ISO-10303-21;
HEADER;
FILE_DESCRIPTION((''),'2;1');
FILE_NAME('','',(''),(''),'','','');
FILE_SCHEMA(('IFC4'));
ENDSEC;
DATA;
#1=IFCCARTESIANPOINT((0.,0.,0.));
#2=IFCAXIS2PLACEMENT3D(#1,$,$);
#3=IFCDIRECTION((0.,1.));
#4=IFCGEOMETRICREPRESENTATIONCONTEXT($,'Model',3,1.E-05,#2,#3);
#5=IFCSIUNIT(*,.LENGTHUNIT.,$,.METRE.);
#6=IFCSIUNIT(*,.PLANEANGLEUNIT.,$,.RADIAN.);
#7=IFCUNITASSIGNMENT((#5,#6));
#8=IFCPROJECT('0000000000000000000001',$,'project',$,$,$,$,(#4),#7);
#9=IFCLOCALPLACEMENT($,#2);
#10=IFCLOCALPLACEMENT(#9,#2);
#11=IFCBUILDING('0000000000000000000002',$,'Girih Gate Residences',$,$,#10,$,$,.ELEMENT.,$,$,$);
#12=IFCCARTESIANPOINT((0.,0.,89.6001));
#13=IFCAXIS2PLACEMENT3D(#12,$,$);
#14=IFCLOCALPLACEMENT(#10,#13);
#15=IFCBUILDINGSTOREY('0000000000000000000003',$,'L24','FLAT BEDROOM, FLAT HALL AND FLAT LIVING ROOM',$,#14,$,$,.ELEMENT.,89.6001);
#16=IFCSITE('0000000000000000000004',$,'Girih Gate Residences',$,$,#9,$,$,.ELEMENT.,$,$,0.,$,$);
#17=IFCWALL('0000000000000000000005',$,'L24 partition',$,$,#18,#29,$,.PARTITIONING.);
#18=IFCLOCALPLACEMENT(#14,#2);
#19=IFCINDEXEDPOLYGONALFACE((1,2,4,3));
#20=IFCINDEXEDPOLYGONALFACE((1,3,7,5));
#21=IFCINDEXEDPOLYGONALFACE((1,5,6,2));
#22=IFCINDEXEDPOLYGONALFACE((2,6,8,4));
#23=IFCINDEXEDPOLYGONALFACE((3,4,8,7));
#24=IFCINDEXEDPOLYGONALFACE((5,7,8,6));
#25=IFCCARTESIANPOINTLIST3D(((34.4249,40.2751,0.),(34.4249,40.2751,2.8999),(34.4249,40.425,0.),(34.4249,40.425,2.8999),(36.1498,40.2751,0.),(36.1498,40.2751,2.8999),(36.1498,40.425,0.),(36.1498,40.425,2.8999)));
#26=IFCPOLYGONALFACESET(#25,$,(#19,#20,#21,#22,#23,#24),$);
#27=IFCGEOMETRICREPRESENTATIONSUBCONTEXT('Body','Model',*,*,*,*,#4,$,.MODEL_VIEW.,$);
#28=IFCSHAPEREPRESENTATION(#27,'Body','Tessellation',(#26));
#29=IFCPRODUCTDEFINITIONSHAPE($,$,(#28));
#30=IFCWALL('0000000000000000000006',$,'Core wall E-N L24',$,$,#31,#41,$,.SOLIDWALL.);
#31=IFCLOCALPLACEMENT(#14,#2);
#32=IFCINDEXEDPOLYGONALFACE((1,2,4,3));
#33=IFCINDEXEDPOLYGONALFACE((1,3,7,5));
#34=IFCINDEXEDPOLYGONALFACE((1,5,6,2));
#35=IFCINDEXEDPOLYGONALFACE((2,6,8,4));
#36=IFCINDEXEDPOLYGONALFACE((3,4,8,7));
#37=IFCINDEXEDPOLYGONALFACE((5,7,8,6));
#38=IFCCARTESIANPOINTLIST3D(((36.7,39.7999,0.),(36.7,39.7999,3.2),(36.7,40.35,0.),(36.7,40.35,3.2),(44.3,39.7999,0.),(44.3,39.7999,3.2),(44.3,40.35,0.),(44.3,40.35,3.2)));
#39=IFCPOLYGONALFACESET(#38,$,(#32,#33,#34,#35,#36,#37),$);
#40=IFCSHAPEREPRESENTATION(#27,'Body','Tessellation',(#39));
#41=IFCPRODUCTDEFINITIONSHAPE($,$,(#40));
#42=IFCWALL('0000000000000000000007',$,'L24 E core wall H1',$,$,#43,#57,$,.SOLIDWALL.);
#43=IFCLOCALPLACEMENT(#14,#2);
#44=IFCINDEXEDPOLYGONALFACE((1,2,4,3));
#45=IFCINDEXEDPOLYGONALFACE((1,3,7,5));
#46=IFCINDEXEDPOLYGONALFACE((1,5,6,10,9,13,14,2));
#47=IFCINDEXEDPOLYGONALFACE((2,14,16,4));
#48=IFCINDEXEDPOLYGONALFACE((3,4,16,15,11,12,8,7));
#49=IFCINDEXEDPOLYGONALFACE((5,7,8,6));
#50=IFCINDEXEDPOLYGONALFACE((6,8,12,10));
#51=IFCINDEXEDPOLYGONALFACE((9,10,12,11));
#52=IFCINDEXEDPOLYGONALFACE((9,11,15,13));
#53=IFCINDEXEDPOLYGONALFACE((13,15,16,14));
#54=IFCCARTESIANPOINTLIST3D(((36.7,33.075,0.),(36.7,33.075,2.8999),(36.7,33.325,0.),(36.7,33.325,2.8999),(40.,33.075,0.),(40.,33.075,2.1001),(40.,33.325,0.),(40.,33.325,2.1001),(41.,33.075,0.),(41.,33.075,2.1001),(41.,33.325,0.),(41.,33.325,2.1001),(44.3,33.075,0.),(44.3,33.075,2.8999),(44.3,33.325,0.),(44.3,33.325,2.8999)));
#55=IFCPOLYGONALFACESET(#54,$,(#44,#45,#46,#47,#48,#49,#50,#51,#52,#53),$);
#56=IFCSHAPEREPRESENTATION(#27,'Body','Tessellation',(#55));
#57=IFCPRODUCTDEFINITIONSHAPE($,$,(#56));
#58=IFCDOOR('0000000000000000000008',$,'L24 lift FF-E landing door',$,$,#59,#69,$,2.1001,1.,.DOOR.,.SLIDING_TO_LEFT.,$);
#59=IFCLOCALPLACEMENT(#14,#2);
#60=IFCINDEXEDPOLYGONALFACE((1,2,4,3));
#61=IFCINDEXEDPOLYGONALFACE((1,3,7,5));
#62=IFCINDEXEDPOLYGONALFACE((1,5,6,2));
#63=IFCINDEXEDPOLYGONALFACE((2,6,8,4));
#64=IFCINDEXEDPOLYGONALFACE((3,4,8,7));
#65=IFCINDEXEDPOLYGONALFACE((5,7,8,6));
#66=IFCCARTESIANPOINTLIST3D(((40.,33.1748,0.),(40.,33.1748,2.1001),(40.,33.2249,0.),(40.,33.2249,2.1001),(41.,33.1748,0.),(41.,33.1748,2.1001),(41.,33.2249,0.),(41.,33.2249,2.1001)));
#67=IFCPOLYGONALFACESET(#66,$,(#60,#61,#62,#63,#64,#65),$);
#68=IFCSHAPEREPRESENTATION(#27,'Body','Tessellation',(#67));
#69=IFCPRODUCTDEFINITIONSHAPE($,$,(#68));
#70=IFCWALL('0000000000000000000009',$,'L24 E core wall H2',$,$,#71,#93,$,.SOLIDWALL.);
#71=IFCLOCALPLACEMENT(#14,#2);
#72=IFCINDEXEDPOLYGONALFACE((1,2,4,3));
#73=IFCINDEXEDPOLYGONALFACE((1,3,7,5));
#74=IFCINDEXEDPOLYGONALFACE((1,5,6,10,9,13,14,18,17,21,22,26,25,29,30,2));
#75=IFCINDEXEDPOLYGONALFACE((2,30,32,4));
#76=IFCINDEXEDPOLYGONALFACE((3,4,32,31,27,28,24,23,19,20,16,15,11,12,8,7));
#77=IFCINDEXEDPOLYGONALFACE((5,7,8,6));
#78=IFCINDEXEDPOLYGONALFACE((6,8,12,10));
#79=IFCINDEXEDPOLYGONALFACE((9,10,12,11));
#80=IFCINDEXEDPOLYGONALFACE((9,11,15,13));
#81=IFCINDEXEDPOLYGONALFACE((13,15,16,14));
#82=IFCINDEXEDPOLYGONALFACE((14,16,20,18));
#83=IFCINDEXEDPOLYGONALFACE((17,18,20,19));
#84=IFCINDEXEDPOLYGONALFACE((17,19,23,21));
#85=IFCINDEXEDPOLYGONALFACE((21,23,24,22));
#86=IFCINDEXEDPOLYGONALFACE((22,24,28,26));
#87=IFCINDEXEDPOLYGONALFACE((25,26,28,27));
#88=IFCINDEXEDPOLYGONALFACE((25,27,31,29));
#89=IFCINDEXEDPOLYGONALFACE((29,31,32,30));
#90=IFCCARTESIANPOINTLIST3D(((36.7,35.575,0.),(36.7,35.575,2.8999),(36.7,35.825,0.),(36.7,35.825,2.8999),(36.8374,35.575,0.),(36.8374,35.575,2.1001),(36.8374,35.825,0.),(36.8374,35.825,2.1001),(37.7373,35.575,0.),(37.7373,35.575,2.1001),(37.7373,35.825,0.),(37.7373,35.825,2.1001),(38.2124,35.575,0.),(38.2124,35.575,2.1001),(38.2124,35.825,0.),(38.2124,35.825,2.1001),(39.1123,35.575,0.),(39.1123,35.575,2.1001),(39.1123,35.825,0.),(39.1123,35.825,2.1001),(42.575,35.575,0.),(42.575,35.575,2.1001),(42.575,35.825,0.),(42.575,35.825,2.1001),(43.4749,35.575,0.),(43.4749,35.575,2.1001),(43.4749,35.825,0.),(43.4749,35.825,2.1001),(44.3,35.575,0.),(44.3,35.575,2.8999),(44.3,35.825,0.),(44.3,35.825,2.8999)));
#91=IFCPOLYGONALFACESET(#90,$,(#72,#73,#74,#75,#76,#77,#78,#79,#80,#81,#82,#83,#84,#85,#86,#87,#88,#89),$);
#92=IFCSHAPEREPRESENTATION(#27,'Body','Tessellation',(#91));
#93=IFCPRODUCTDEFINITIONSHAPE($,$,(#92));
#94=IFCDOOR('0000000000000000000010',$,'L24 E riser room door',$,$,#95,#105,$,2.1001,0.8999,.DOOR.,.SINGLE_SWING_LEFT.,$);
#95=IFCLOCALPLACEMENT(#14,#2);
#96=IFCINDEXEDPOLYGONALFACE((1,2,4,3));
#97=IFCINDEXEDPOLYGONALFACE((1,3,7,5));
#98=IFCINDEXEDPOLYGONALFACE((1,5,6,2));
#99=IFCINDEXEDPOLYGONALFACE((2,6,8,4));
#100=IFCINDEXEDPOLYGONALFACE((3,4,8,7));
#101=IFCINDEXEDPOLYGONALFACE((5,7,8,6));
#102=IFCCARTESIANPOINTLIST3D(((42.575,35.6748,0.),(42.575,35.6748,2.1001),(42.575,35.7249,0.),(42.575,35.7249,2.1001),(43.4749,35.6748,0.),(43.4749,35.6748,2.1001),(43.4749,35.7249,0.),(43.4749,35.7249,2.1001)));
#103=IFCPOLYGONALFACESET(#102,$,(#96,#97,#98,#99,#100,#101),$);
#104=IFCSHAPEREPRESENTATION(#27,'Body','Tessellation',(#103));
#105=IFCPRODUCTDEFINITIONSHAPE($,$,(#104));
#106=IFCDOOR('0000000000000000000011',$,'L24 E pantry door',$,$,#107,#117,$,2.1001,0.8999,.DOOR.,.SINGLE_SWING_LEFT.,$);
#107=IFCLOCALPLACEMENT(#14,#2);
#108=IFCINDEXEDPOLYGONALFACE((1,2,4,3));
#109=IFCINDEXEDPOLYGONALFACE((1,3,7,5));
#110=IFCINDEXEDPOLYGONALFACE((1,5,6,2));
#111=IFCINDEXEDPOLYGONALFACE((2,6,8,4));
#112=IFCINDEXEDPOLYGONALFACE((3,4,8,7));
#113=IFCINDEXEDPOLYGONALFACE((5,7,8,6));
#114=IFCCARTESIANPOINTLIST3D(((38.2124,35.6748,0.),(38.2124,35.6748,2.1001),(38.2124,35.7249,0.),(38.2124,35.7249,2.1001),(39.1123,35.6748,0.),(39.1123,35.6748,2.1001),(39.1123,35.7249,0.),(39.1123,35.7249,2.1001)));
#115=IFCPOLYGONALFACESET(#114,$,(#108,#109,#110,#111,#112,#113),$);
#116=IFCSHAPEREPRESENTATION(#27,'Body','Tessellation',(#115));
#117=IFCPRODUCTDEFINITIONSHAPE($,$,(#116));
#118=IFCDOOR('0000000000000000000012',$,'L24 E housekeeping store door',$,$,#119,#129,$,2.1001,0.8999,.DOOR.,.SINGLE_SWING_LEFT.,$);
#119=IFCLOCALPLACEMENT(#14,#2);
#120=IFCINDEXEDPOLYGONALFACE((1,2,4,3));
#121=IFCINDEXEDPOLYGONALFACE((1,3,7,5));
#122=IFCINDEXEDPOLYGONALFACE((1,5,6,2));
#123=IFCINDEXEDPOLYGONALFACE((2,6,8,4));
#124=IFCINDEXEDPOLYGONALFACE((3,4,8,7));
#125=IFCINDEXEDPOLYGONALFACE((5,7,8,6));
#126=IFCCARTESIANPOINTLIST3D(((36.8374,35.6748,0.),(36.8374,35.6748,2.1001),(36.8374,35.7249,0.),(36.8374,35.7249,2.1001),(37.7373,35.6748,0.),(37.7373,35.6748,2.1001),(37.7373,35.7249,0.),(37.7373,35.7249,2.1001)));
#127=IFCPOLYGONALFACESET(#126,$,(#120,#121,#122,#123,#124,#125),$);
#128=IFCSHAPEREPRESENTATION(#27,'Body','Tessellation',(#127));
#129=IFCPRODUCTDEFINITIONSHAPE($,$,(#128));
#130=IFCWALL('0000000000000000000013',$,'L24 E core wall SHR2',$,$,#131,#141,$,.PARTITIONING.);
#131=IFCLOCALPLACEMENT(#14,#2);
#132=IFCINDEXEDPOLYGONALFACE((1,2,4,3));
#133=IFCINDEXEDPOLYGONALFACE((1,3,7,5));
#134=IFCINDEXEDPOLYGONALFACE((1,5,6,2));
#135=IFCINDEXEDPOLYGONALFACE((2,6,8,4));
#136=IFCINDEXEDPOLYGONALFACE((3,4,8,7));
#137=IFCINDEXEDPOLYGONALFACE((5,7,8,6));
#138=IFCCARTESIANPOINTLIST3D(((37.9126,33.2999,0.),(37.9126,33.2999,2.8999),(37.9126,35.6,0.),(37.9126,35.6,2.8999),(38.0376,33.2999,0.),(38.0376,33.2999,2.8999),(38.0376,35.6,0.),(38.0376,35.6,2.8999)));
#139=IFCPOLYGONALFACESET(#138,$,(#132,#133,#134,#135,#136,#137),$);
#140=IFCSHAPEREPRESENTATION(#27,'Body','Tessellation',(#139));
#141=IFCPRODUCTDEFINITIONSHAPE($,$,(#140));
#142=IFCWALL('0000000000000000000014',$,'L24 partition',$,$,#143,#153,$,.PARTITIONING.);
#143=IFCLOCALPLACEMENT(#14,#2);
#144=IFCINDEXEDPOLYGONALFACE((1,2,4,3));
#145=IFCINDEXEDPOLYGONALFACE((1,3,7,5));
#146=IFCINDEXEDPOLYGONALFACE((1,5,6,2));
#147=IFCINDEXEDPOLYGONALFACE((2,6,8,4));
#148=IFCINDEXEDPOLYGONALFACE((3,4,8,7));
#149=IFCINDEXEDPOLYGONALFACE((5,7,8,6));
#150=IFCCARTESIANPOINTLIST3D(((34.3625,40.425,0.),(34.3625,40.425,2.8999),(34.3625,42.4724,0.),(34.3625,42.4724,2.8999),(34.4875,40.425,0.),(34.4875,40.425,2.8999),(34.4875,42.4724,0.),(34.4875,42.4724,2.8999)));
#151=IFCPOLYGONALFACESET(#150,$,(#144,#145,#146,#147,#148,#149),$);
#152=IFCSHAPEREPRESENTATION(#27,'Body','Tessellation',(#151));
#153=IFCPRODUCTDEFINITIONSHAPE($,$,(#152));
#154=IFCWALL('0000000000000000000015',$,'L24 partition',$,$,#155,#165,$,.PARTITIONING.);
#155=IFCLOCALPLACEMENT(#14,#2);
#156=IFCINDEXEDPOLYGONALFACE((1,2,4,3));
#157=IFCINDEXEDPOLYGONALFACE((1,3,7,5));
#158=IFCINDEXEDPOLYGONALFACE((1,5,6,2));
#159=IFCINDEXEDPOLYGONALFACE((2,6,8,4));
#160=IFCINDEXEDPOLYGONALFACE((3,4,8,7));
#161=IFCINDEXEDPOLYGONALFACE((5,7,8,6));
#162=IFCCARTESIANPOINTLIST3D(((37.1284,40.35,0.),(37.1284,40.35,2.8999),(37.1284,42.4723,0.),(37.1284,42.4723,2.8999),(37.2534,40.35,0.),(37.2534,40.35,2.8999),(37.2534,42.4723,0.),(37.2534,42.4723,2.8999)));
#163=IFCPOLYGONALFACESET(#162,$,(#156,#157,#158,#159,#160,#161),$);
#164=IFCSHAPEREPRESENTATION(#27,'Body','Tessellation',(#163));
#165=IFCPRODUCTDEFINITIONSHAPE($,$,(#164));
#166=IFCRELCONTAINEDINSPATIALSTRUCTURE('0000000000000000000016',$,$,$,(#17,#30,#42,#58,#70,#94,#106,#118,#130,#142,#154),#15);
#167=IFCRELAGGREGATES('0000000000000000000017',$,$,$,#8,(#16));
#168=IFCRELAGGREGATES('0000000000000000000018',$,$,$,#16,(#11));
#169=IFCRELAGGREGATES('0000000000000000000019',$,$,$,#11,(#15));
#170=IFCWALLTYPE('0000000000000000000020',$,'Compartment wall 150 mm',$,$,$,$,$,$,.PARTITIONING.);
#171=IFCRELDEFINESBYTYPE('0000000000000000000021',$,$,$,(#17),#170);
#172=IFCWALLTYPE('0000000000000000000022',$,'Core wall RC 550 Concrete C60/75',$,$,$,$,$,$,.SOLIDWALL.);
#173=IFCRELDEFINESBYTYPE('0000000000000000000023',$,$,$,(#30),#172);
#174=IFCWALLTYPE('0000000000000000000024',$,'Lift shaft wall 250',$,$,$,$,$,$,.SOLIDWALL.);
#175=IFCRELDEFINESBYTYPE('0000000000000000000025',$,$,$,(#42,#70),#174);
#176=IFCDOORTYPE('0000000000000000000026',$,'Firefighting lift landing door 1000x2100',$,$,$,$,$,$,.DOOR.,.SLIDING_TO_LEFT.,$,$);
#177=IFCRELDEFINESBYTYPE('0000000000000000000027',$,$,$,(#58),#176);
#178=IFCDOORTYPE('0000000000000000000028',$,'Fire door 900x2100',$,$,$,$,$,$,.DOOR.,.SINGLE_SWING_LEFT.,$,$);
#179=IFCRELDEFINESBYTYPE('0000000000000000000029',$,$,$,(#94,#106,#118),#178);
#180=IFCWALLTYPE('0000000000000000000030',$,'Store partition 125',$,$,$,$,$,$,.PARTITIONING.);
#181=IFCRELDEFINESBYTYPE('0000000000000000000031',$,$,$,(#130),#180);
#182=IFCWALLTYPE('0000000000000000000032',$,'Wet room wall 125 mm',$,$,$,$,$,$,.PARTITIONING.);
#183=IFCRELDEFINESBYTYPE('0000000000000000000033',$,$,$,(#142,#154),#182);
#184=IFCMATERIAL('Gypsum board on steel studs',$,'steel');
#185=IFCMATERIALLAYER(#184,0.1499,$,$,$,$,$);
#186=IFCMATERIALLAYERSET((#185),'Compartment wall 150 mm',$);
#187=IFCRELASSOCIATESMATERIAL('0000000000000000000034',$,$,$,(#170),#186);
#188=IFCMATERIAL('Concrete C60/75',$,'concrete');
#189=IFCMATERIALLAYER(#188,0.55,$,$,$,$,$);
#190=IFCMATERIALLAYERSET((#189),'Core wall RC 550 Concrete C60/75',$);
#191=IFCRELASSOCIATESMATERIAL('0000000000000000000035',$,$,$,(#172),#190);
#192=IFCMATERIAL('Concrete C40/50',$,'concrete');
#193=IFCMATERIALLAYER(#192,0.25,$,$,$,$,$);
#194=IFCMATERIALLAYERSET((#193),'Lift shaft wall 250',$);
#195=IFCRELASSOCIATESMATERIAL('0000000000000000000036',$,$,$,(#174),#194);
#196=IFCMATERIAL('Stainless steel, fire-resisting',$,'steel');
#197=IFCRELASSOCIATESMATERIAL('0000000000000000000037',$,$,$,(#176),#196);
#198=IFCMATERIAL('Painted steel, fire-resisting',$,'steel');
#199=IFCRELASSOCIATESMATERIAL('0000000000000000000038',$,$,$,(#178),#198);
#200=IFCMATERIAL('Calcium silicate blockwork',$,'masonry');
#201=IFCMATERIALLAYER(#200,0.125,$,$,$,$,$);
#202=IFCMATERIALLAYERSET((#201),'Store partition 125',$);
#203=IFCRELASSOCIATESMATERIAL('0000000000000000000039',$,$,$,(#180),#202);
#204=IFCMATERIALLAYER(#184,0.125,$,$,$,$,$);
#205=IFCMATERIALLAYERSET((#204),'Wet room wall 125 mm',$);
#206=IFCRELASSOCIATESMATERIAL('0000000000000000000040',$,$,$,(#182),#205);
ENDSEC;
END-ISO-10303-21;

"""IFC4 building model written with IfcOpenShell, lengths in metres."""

from ifc_helpers import new_model, si_unit, direction, frame, frame_2d, origin, place, context, subcontext, project, spatial, rectangle, extrude, material, layer, layer_set, type_object, element, fill, save


model = new_model("IFC4")

# Units and contexts
model_context = context("Model", 3, precision=1e-05, world=origin(), true_north=direction((0.0, 1.0)))
body_context = subcontext(model_context, "Body", "Model", "MODEL_VIEW")
ifc_project = project(units=[si_unit("LENGTHUNIT", "METRE"), si_unit("PLANEANGLEUNIT", "RADIAN")], contexts=[model_context])

# Site, building, storey
site_placement = place(None, origin())
site = spatial("IfcSite", under=ifc_project, at=site_placement, Name="Girih Gate Residences", CompositionType="ELEMENT", RefElevation=0.0)
building_placement = place(site_placement, origin())
building = spatial("IfcBuilding", under=site, at=building_placement, Name="Girih Gate Residences", CompositionType="ELEMENT")
storey_placement = place(building_placement, frame((0.0, 0.0, 89.6001)))
storey = spatial("IfcBuildingStorey", under=building, at=storey_placement, Name="L24", Description="FLAT BEDROOM, FLAT HALL AND FLAT LIVING ROOM", CompositionType="ELEMENT", Elevation=89.6001)

# Walls
ifc_material_1 = material(Name="Gypsum board on steel studs", Category="steel")
ifc_layer_1 = layer(ifc_material_1, 0.1499)
ifc_layer_set_1 = layer_set([ifc_layer_1], Name="Compartment wall 150 mm")
wall_type_1 = type_object("IfcWallType", Name="Compartment wall 150 mm", PredefinedType="PARTITIONING", material=ifc_layer_set_1)
wall_1_placement = place(storey_placement, frame((34.425, 40.3501, 0.0), z_axis=(0.0, 0.0, 1.0), x_axis=(1.0, 0.0, 0.0)))
element("IfcWall", 1, at=wall_1_placement, inside=storey, type_object=wall_type_1, Name="L24 partition", PredefinedType="PARTITIONING", context=body_context, shape_type="SweptSolid", body=[
    extrude(rectangle(XDim=1.7249, YDim=0.1499, at=frame_2d((0.8623, 0.0))), origin(), (0.0, 0.0, 1.0), 2.8999),
])
ifc_material_2 = material(Name="Concrete C60/75", Category="concrete")
ifc_layer_2 = layer(ifc_material_2, 0.55)
ifc_layer_set_2 = layer_set([ifc_layer_2], Name="Core wall RC 550 Concrete C60/75")
wall_type_2 = type_object("IfcWallType", Name="Core wall RC 550 Concrete C60/75", PredefinedType="SOLIDWALL", material=ifc_layer_set_2)
wall_2_placement = place(storey_placement, frame((36.7, 40.075, 0.0), z_axis=(0.0, 0.0, 1.0), x_axis=(1.0, 0.0, 0.0)))
element("IfcWall", 2, at=wall_2_placement, inside=storey, type_object=wall_type_2, Name="Core wall E-N L24", PredefinedType="SOLIDWALL", context=body_context, shape_type="SweptSolid", body=[
    extrude(rectangle(XDim=7.6001, YDim=0.55, at=frame_2d((3.8, 0.0))), origin(), (0.0, 0.0, 1.0), 3.2),
])

# Wall, opening, door
ifc_material_3 = material(Name="Concrete C40/50", Category="concrete")
ifc_layer_3 = layer(ifc_material_3, 0.25)
ifc_layer_set_3 = layer_set([ifc_layer_3], Name="Lift shaft wall 250")
wall_type_3 = type_object("IfcWallType", Name="Lift shaft wall 250", PredefinedType="SOLIDWALL", material=ifc_layer_set_3)
wall_3_placement = place(storey_placement, frame((36.7, 33.2, 0.0), z_axis=(0.0, 0.0, 1.0), x_axis=(1.0, 0.0, 0.0)))
wall_3 = element("IfcWall", 3, at=wall_3_placement, inside=storey, type_object=wall_type_3, Name="L24 E core wall H1", PredefinedType="SOLIDWALL", context=body_context, shape_type="SweptSolid", body=[
    extrude(rectangle(XDim=7.6001, YDim=0.25, at=frame_2d((3.8, 0.0))), origin(), (0.0, 0.0, 1.0), 2.8999),
])
opening_1_placement = place(wall_3_placement, frame((3.3, 0.0, 0.0)))
opening_1 = element("IfcOpeningElement", 4, at=opening_1_placement, cuts=wall_3, PredefinedType="OPENING", context=body_context, shape_type="SweptSolid", body=[
    extrude(rectangle(XDim=1.0, YDim=2.1001, at=frame_2d((0.5, 1.05))), frame((0.0, 0.135, 0.0), z_axis=(0.0, -1.0, 0.0), x_axis=(1.0, 0.0, 0.0)), (0.0, 0.0, 1.0), 0.27),
])
ifc_material_4 = material(Name="Stainless steel, fire-resisting", Category="steel")
door_type_1 = type_object("IfcDoorType", Name="Firefighting lift landing door 1000x2100", OperationType="SLIDING_TO_LEFT", PredefinedType="DOOR", material=ifc_material_4)
door_1_placement = place(opening_1_placement, origin())
door_1 = element("IfcDoor", 5, at=door_1_placement, inside=storey, type_object=door_type_1, Name="L24 lift FF-E landing door", OperationType="SLIDING_TO_LEFT", OverallHeight=2.1001, OverallWidth=1.0, PredefinedType="DOOR", context=body_context, shape_type="SweptSolid", body=[
    extrude(rectangle(XDim=1.0, YDim=2.1001, at=frame_2d((0.5, 1.05))), frame((0.0, 0.0249, 0.0), z_axis=(0.0, -1.0, 0.0), x_axis=(1.0, 0.0, 0.0)), (0.0, 0.0, 1.0), 0.05),
])
fill(opening_1, door_1)

# Wall, openings, doors
wall_4_placement = place(storey_placement, frame((36.7, 35.7, 0.0), z_axis=(0.0, 0.0, 1.0), x_axis=(1.0, 0.0, 0.0)))
wall_4 = element("IfcWall", 6, at=wall_4_placement, inside=storey, type_object=wall_type_3, Name="L24 E core wall H2", PredefinedType="SOLIDWALL", context=body_context, shape_type="SweptSolid", body=[
    extrude(rectangle(XDim=7.6001, YDim=0.25, at=frame_2d((3.8, 0.0))), origin(), (0.0, 0.0, 1.0), 2.8999),
])
opening_2_placement = place(wall_4_placement, frame((5.875, 0.0, 0.0)))
opening_2 = element("IfcOpeningElement", 7, at=opening_2_placement, cuts=wall_4, PredefinedType="OPENING", context=body_context, shape_type="SweptSolid", body=[
    extrude(rectangle(XDim=0.8999, YDim=2.1001, at=frame_2d((0.45, 1.05))), frame((0.0, 0.135, 0.0), z_axis=(0.0, -1.0, 0.0), x_axis=(1.0, 0.0, 0.0)), (0.0, 0.0, 1.0), 0.27),
])
opening_3_placement = place(wall_4_placement, frame((1.5125, 0.0, 0.0)))
opening_3 = element("IfcOpeningElement", 8, at=opening_3_placement, cuts=wall_4, PredefinedType="OPENING", context=body_context, shape_type="SweptSolid", body=[
    extrude(rectangle(XDim=0.8999, YDim=2.1001, at=frame_2d((0.45, 1.05))), frame((0.0, 0.135, 0.0), z_axis=(0.0, -1.0, 0.0), x_axis=(1.0, 0.0, 0.0)), (0.0, 0.0, 1.0), 0.27),
])
opening_4_placement = place(wall_4_placement, frame((0.1375, 0.0, 0.0)))
opening_4 = element("IfcOpeningElement", 9, at=opening_4_placement, cuts=wall_4, PredefinedType="OPENING", context=body_context, shape_type="SweptSolid", body=[
    extrude(rectangle(XDim=0.8999, YDim=2.1001, at=frame_2d((0.45, 1.05))), frame((0.0, 0.135, 0.0), z_axis=(0.0, -1.0, 0.0), x_axis=(1.0, 0.0, 0.0)), (0.0, 0.0, 1.0), 0.27),
])
ifc_material_5 = material(Name="Painted steel, fire-resisting", Category="steel")
door_type_2 = type_object("IfcDoorType", Name="Fire door 900x2100", OperationType="SINGLE_SWING_LEFT", PredefinedType="DOOR", material=ifc_material_5)
door_2_placement = place(opening_2_placement, origin())
door_2 = element("IfcDoor", 10, at=door_2_placement, inside=storey, type_object=door_type_2, Name="L24 E riser room door", OperationType="SINGLE_SWING_LEFT", OverallHeight=2.1001, OverallWidth=0.8999, PredefinedType="DOOR", context=body_context, shape_type="SweptSolid", body=[
    extrude(rectangle(XDim=0.8999, YDim=2.1001, at=frame_2d((0.45, 1.05))), frame((0.0, 0.0249, 0.0), z_axis=(0.0, -1.0, 0.0), x_axis=(1.0, 0.0, 0.0)), (0.0, 0.0, 1.0), 0.05),
])
fill(opening_2, door_2)
door_3_placement = place(opening_3_placement, origin())
door_3 = element("IfcDoor", 11, at=door_3_placement, inside=storey, type_object=door_type_2, Name="L24 E pantry door", OperationType="SINGLE_SWING_LEFT", OverallHeight=2.1001, OverallWidth=0.8999, PredefinedType="DOOR", context=body_context, shape_type="SweptSolid", body=[
    extrude(rectangle(XDim=0.8999, YDim=2.1001, at=frame_2d((0.45, 1.05))), frame((0.0, 0.0249, 0.0), z_axis=(0.0, -1.0, 0.0), x_axis=(1.0, 0.0, 0.0)), (0.0, 0.0, 1.0), 0.05),
])
fill(opening_3, door_3)
door_4_placement = place(opening_4_placement, origin())
door_4 = element("IfcDoor", 12, at=door_4_placement, inside=storey, type_object=door_type_2, Name="L24 E housekeeping store door", OperationType="SINGLE_SWING_LEFT", OverallHeight=2.1001, OverallWidth=0.8999, PredefinedType="DOOR", context=body_context, shape_type="SweptSolid", body=[
    extrude(rectangle(XDim=0.8999, YDim=2.1001, at=frame_2d((0.45, 1.05))), frame((0.0, 0.0249, 0.0), z_axis=(0.0, -1.0, 0.0), x_axis=(1.0, 0.0, 0.0)), (0.0, 0.0, 1.0), 0.05),
])
fill(opening_4, door_4)

# Walls
ifc_material_6 = material(Name="Calcium silicate blockwork", Category="masonry")
ifc_layer_4 = layer(ifc_material_6, 0.125)
ifc_layer_set_4 = layer_set([ifc_layer_4], Name="Store partition 125")
wall_type_4 = type_object("IfcWallType", Name="Store partition 125", PredefinedType="PARTITIONING", material=ifc_layer_set_4)
wall_5_placement = place(storey_placement, frame((37.9751, 33.3, 0.0), z_axis=(0.0, 0.0, 1.0), x_axis=(0.0, 1.0, 0.0)))
element("IfcWall", 13, at=wall_5_placement, inside=storey, type_object=wall_type_4, Name="L24 E core wall SHR2", PredefinedType="PARTITIONING", context=body_context, shape_type="SweptSolid", body=[
    extrude(rectangle(XDim=2.3, YDim=0.125, at=frame_2d((1.1499, 0.0))), origin(), (0.0, 0.0, 1.0), 2.8999),
])
ifc_layer_5 = layer(ifc_material_1, 0.125)
ifc_layer_set_5 = layer_set([ifc_layer_5], Name="Wet room wall 125 mm")
wall_type_5 = type_object("IfcWallType", Name="Wet room wall 125 mm", PredefinedType="PARTITIONING", material=ifc_layer_set_5)
wall_6_placement = place(storey_placement, frame((34.425, 40.425, 0.0), z_axis=(0.0, 0.0, 1.0), x_axis=(0.0, 1.0, 0.0)))
element("IfcWall", 14, at=wall_6_placement, inside=storey, type_object=wall_type_5, Name="L24 partition", PredefinedType="PARTITIONING", context=body_context, shape_type="SweptSolid", body=[
    extrude(rectangle(XDim=2.0474, YDim=0.125, at=frame_2d((1.0237, 0.0))), origin(), (0.0, 0.0, 1.0), 2.8999),
])
wall_7_placement = place(storey_placement, frame((37.1909, 40.3501, 0.0), z_axis=(0.0, 0.0, 1.0), x_axis=(0.0, 1.0, 0.0)))
element("IfcWall", 15, at=wall_7_placement, inside=storey, type_object=wall_type_5, Name="L24 partition", PredefinedType="PARTITIONING", context=body_context, shape_type="SweptSolid", body=[
    extrude(rectangle(XDim=2.1223, YDim=0.125, at=frame_2d((1.061, 0.0))), origin(), (0.0, 0.0, 1.0), 2.8999),
])

save(model, "model.ifc")
